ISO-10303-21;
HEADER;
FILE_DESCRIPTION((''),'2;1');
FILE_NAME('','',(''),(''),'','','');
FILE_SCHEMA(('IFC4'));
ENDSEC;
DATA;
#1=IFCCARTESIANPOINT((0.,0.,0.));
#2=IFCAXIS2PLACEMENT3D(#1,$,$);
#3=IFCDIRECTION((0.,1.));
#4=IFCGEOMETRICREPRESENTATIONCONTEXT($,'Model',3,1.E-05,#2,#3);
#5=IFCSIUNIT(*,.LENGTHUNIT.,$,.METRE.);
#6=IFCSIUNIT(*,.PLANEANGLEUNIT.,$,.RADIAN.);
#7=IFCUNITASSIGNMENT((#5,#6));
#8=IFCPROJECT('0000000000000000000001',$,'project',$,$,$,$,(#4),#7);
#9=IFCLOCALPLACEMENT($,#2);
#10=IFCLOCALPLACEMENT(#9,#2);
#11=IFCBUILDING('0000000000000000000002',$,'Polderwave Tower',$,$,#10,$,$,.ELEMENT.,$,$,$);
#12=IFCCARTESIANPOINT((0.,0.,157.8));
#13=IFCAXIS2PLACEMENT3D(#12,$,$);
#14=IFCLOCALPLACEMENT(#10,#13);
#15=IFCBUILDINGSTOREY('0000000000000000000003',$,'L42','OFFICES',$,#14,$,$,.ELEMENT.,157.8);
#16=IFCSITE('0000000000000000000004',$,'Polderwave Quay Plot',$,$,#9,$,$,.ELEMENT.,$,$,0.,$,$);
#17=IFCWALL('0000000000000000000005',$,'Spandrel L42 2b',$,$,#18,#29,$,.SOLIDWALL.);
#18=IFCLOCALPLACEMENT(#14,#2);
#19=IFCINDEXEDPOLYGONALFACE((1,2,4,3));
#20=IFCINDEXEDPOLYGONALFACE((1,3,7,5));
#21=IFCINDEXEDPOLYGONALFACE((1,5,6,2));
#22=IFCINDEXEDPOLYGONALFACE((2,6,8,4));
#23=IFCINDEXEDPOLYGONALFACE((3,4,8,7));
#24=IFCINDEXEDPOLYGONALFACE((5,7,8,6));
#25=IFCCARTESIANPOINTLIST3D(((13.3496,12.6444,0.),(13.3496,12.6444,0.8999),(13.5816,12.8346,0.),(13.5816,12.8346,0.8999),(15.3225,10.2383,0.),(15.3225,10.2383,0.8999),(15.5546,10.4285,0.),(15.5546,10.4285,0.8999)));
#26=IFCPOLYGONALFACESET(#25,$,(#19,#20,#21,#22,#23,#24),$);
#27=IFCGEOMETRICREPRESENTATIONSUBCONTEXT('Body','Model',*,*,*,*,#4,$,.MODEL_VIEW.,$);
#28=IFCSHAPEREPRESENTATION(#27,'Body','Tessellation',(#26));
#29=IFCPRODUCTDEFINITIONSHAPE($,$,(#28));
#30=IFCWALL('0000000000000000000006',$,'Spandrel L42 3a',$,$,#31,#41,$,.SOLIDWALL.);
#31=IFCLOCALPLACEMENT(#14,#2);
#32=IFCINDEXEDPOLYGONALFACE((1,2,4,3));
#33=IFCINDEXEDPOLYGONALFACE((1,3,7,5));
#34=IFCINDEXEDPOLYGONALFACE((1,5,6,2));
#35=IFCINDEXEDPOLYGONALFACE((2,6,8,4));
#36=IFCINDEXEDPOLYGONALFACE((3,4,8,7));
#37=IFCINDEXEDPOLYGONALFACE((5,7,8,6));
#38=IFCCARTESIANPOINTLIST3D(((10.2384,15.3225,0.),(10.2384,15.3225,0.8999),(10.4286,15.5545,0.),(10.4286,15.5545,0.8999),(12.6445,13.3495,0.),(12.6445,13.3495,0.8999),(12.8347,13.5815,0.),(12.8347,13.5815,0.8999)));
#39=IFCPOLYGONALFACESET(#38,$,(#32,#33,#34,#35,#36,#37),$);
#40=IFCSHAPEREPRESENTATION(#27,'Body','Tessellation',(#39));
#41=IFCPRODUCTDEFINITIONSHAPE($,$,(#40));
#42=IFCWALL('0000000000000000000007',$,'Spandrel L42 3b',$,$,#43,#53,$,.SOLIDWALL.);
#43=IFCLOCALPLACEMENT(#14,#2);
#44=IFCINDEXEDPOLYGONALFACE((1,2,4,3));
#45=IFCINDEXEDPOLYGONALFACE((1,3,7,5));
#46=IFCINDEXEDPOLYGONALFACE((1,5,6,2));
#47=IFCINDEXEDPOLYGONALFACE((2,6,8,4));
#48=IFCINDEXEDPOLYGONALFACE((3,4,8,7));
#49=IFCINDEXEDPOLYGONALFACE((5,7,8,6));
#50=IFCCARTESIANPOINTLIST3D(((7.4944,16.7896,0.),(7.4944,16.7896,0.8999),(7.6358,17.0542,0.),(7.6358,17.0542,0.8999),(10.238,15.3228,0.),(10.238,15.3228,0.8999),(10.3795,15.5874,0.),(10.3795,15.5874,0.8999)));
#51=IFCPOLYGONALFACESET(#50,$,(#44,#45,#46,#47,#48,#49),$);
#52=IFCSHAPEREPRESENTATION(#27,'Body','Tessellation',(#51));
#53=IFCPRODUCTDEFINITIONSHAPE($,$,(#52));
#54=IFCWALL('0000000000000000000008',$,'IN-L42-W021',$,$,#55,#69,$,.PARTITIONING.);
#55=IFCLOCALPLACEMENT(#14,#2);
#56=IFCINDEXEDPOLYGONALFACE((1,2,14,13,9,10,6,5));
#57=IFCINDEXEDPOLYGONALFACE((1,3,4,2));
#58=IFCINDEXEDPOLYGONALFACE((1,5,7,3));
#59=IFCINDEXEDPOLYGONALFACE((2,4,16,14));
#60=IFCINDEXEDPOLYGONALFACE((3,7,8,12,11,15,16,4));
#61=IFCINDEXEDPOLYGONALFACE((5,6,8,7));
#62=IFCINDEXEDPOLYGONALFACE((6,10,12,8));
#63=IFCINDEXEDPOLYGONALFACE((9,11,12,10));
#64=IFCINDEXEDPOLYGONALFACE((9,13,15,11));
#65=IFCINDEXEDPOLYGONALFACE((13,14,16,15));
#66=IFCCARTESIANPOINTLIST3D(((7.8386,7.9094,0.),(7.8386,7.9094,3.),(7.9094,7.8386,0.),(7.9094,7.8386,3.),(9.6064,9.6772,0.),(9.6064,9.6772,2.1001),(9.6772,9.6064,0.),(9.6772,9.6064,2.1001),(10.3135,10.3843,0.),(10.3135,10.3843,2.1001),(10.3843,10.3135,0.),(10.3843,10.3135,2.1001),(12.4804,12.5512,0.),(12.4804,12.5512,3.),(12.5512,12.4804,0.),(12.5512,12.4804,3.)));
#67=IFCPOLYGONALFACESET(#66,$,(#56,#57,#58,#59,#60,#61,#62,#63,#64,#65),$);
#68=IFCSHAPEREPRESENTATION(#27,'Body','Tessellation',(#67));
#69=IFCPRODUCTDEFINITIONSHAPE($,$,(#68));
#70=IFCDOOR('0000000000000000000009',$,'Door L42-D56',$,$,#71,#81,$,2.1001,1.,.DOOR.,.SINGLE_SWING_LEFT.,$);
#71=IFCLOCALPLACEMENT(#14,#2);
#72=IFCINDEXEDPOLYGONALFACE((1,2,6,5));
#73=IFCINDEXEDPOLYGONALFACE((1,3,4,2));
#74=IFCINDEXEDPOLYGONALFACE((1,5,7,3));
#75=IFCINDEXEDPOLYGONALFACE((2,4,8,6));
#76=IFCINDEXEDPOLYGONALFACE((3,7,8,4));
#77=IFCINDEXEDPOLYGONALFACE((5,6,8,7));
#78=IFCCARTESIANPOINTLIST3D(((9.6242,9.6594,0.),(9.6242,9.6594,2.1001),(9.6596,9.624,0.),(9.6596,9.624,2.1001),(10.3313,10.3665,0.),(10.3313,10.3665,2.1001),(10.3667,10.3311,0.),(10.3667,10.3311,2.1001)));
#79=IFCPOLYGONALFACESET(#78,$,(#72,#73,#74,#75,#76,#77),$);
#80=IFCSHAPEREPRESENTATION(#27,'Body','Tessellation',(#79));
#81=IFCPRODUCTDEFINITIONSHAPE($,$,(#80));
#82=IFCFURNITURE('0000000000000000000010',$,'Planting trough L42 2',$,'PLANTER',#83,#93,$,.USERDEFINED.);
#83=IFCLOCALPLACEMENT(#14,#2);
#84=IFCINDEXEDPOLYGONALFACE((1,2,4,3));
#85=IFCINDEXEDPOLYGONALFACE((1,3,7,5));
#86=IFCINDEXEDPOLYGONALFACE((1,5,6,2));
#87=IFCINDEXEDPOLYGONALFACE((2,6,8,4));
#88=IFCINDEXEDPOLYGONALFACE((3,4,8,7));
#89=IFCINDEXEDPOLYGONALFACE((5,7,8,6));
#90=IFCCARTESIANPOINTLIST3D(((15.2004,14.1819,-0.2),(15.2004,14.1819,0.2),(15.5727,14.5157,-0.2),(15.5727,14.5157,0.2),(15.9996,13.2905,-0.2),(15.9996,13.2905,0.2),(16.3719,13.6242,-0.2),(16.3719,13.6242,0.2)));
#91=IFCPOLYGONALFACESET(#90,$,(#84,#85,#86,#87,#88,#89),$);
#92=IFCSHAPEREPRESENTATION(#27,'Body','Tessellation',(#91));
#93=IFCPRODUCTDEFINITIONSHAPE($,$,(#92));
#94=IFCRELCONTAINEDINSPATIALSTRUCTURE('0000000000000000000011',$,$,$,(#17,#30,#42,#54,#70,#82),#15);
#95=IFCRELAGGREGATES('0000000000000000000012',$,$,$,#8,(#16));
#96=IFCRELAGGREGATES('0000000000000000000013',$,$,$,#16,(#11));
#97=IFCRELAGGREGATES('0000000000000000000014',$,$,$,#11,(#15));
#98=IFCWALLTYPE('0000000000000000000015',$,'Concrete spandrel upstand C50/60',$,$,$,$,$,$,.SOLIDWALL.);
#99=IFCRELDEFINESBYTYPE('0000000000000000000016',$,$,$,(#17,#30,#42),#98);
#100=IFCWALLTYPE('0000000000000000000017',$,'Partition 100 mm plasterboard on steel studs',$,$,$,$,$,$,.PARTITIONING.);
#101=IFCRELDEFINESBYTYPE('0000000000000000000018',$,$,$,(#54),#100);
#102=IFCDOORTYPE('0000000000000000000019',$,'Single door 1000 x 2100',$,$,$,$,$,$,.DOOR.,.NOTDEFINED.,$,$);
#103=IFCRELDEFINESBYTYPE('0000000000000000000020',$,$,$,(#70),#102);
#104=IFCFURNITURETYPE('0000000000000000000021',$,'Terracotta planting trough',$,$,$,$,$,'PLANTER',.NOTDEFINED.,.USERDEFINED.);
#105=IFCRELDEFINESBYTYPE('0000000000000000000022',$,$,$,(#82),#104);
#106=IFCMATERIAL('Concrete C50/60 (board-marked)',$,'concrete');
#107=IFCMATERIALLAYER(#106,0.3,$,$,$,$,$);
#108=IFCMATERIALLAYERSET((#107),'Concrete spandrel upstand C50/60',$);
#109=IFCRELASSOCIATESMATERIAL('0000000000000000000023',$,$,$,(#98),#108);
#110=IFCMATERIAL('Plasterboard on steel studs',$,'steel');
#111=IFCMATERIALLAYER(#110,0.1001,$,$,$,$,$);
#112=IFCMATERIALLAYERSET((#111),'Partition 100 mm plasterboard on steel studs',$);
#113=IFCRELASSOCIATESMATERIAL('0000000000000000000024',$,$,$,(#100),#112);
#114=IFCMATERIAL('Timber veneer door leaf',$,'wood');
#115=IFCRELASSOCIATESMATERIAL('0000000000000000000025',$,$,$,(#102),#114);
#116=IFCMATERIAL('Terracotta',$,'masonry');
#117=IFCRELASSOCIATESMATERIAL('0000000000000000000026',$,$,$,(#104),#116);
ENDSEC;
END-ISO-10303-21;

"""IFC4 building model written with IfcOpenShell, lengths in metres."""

from ifc_helpers import new_model, si_unit, direction, frame, frame_2d, origin, origin_2d, place, context, subcontext, project, spatial, rectangle, extrude, material, layer, layer_set, type_object, element, fill, save


model = new_model("IFC4")

# Units and contexts
model_context = context("Model", 3, precision=1e-05, world=origin(), true_north=direction((0.0, 1.0)))
body_context = subcontext(model_context, "Body", "Model", "MODEL_VIEW")
ifc_project = project(units=[si_unit("LENGTHUNIT", "METRE"), si_unit("PLANEANGLEUNIT", "RADIAN")], contexts=[model_context])

# Site, building, storey
site_placement = place(None, origin())
site = spatial("IfcSite", under=ifc_project, at=site_placement, Name="Polderwave Quay Plot", CompositionType="ELEMENT", RefElevation=0.0)
building_placement = place(site_placement, origin())
building = spatial("IfcBuilding", under=site, at=building_placement, Name="Polderwave Tower", CompositionType="ELEMENT")
storey_placement = place(building_placement, frame((0.0, 0.0, 157.8)))
storey = spatial("IfcBuildingStorey", under=building, at=storey_placement, Name="L42", Description="OFFICES", CompositionType="ELEMENT", Elevation=157.8)

# Walls
ifc_material_1 = material(Name="Concrete C50/60 (board-marked)", Category="concrete")
ifc_layer_1 = layer(ifc_material_1, 0.3)
ifc_layer_set_1 = layer_set([ifc_layer_1], Name="Concrete spandrel upstand C50/60")
wall_type_1 = type_object("IfcWallType", Name="Concrete spandrel upstand C50/60", PredefinedType="SOLIDWALL", material=ifc_layer_set_1)
for number, where, z_axis, x_axis, name in (
    (1, (15.4385, 10.3335, 0.0), (0.0, 0.0, 1.0), (-0.634075, 0.773272, 0.0), "Spandrel L42 2b"),
    (2, (12.7395, 13.4656, 0.0), (0.0, 0.0, 1.0), (-0.773272, 0.634075, 0.0), "Spandrel L42 3a"),
):
    element("IfcWall", number, at=place(storey_placement, frame(where, z_axis=z_axis, x_axis=x_axis)), inside=storey, type_object=wall_type_1, Name=name, PredefinedType="SOLIDWALL", context=body_context, shape_type="SweptSolid", body=[
        extrude(rectangle(XDim=3.1116, YDim=0.3, at=frame_2d((1.5557, 0.0))), origin(), (0.0, 0.0, 1.0), 0.8999),
    ])
wall_1_placement = place(storey_placement, frame((10.3088, 15.4551, 0.0), z_axis=(0.0, 0.0, 1.0), x_axis=(-0.881883, 0.471468, 0.0)))
element("IfcWall", 3, at=wall_1_placement, inside=storey, type_object=wall_type_1, Name="Spandrel L42 3b", PredefinedType="SOLIDWALL", context=body_context, shape_type="SweptSolid", body=[
    extrude(rectangle(XDim=3.1111, YDim=0.3, at=frame_2d((1.5557, 0.0))), origin(), (0.0, 0.0, 1.0), 0.8999),
])

# Wall, opening, door
ifc_material_2 = material(Name="Plasterboard on steel studs", Category="steel")
ifc_layer_2 = layer(ifc_material_2, 0.1001)
ifc_layer_set_2 = layer_set([ifc_layer_2], Name="Partition 100 mm plasterboard on steel studs")
wall_type_2 = type_object("IfcWallType", Name="Partition 100 mm plasterboard on steel studs", PredefinedType="PARTITIONING", material=ifc_layer_set_2)
wall_2_placement = place(storey_placement, frame((7.874, 7.874, 0.0), z_axis=(0.0, 0.0, 1.0), x_axis=(0.707107, 0.707107, 0.0)))
wall_2 = element("IfcWall", 4, at=wall_2_placement, inside=storey, type_object=wall_type_2, Name="IN-L42-W021", PredefinedType="PARTITIONING", context=body_context, shape_type="SweptSolid", body=[
    extrude(rectangle(XDim=6.5645, YDim=0.1001, at=frame_2d((3.2822, 0.0))), origin(), (0.0, 0.0, 1.0), 3.0),
])
opening_placement = place(wall_2_placement, frame((2.5, 0.0, 0.0)))
opening = element("IfcOpeningElement", 5, at=opening_placement, cuts=wall_2, PredefinedType="OPENING", context=body_context, shape_type="SweptSolid", body=[
    extrude(rectangle(XDim=1.0, YDim=2.1001, at=frame_2d((0.5, 1.05))), frame((0.0, 0.0601, 0.0), z_axis=(0.0, -1.0, 0.0), x_axis=(1.0, 0.0, 0.0)), (0.0, 0.0, 1.0), 0.1201),
])
ifc_material_3 = material(Name="Timber veneer door leaf", Category="wood")
door_type = type_object("IfcDoorType", Name="Single door 1000 x 2100", OperationType="NOTDEFINED", PredefinedType="DOOR", material=ifc_material_3)
door_placement = place(opening_placement, origin())
door = element("IfcDoor", 6, at=door_placement, inside=storey, type_object=door_type, Name="Door L42-D56", OperationType="SINGLE_SWING_LEFT", OverallHeight=2.1001, OverallWidth=1.0, PredefinedType="DOOR", context=body_context, shape_type="SweptSolid", body=[
    extrude(rectangle(XDim=1.0, YDim=2.1001, at=frame_2d((0.5, 1.05))), frame((0.0, 0.0249, 0.0), z_axis=(0.0, -1.0, 0.0), x_axis=(1.0, 0.0, 0.0)), (0.0, 0.0, 1.0), 0.05),
])
fill(opening, door)

# Furniture
ifc_material_4 = material(Name="Terracotta", Category="masonry")
furniture_type = type_object("IfcFurnitureType", Name="Terracotta planting trough", ElementType="PLANTER", AssemblyPlace="NOTDEFINED", PredefinedType="USERDEFINED", material=ifc_material_4)
furniture_placement = place(storey_placement, frame((15.7861, 13.9031, -0.2), z_axis=(0.0, 0.0, 1.0), x_axis=(-0.667534, 0.74458, 0.0)))
element("IfcFurniture", 7, at=furniture_placement, inside=storey, type_object=furniture_type, Name="Planting trough L42 2", ObjectType="PLANTER", PredefinedType="USERDEFINED", context=body_context, shape_type="SweptSolid", body=[
    extrude(rectangle(XDim=1.1973, YDim=0.5, at=origin_2d()), origin(), (0.0, 0.0, 1.0), 0.3999),
])

save(model, "model.ifc")
